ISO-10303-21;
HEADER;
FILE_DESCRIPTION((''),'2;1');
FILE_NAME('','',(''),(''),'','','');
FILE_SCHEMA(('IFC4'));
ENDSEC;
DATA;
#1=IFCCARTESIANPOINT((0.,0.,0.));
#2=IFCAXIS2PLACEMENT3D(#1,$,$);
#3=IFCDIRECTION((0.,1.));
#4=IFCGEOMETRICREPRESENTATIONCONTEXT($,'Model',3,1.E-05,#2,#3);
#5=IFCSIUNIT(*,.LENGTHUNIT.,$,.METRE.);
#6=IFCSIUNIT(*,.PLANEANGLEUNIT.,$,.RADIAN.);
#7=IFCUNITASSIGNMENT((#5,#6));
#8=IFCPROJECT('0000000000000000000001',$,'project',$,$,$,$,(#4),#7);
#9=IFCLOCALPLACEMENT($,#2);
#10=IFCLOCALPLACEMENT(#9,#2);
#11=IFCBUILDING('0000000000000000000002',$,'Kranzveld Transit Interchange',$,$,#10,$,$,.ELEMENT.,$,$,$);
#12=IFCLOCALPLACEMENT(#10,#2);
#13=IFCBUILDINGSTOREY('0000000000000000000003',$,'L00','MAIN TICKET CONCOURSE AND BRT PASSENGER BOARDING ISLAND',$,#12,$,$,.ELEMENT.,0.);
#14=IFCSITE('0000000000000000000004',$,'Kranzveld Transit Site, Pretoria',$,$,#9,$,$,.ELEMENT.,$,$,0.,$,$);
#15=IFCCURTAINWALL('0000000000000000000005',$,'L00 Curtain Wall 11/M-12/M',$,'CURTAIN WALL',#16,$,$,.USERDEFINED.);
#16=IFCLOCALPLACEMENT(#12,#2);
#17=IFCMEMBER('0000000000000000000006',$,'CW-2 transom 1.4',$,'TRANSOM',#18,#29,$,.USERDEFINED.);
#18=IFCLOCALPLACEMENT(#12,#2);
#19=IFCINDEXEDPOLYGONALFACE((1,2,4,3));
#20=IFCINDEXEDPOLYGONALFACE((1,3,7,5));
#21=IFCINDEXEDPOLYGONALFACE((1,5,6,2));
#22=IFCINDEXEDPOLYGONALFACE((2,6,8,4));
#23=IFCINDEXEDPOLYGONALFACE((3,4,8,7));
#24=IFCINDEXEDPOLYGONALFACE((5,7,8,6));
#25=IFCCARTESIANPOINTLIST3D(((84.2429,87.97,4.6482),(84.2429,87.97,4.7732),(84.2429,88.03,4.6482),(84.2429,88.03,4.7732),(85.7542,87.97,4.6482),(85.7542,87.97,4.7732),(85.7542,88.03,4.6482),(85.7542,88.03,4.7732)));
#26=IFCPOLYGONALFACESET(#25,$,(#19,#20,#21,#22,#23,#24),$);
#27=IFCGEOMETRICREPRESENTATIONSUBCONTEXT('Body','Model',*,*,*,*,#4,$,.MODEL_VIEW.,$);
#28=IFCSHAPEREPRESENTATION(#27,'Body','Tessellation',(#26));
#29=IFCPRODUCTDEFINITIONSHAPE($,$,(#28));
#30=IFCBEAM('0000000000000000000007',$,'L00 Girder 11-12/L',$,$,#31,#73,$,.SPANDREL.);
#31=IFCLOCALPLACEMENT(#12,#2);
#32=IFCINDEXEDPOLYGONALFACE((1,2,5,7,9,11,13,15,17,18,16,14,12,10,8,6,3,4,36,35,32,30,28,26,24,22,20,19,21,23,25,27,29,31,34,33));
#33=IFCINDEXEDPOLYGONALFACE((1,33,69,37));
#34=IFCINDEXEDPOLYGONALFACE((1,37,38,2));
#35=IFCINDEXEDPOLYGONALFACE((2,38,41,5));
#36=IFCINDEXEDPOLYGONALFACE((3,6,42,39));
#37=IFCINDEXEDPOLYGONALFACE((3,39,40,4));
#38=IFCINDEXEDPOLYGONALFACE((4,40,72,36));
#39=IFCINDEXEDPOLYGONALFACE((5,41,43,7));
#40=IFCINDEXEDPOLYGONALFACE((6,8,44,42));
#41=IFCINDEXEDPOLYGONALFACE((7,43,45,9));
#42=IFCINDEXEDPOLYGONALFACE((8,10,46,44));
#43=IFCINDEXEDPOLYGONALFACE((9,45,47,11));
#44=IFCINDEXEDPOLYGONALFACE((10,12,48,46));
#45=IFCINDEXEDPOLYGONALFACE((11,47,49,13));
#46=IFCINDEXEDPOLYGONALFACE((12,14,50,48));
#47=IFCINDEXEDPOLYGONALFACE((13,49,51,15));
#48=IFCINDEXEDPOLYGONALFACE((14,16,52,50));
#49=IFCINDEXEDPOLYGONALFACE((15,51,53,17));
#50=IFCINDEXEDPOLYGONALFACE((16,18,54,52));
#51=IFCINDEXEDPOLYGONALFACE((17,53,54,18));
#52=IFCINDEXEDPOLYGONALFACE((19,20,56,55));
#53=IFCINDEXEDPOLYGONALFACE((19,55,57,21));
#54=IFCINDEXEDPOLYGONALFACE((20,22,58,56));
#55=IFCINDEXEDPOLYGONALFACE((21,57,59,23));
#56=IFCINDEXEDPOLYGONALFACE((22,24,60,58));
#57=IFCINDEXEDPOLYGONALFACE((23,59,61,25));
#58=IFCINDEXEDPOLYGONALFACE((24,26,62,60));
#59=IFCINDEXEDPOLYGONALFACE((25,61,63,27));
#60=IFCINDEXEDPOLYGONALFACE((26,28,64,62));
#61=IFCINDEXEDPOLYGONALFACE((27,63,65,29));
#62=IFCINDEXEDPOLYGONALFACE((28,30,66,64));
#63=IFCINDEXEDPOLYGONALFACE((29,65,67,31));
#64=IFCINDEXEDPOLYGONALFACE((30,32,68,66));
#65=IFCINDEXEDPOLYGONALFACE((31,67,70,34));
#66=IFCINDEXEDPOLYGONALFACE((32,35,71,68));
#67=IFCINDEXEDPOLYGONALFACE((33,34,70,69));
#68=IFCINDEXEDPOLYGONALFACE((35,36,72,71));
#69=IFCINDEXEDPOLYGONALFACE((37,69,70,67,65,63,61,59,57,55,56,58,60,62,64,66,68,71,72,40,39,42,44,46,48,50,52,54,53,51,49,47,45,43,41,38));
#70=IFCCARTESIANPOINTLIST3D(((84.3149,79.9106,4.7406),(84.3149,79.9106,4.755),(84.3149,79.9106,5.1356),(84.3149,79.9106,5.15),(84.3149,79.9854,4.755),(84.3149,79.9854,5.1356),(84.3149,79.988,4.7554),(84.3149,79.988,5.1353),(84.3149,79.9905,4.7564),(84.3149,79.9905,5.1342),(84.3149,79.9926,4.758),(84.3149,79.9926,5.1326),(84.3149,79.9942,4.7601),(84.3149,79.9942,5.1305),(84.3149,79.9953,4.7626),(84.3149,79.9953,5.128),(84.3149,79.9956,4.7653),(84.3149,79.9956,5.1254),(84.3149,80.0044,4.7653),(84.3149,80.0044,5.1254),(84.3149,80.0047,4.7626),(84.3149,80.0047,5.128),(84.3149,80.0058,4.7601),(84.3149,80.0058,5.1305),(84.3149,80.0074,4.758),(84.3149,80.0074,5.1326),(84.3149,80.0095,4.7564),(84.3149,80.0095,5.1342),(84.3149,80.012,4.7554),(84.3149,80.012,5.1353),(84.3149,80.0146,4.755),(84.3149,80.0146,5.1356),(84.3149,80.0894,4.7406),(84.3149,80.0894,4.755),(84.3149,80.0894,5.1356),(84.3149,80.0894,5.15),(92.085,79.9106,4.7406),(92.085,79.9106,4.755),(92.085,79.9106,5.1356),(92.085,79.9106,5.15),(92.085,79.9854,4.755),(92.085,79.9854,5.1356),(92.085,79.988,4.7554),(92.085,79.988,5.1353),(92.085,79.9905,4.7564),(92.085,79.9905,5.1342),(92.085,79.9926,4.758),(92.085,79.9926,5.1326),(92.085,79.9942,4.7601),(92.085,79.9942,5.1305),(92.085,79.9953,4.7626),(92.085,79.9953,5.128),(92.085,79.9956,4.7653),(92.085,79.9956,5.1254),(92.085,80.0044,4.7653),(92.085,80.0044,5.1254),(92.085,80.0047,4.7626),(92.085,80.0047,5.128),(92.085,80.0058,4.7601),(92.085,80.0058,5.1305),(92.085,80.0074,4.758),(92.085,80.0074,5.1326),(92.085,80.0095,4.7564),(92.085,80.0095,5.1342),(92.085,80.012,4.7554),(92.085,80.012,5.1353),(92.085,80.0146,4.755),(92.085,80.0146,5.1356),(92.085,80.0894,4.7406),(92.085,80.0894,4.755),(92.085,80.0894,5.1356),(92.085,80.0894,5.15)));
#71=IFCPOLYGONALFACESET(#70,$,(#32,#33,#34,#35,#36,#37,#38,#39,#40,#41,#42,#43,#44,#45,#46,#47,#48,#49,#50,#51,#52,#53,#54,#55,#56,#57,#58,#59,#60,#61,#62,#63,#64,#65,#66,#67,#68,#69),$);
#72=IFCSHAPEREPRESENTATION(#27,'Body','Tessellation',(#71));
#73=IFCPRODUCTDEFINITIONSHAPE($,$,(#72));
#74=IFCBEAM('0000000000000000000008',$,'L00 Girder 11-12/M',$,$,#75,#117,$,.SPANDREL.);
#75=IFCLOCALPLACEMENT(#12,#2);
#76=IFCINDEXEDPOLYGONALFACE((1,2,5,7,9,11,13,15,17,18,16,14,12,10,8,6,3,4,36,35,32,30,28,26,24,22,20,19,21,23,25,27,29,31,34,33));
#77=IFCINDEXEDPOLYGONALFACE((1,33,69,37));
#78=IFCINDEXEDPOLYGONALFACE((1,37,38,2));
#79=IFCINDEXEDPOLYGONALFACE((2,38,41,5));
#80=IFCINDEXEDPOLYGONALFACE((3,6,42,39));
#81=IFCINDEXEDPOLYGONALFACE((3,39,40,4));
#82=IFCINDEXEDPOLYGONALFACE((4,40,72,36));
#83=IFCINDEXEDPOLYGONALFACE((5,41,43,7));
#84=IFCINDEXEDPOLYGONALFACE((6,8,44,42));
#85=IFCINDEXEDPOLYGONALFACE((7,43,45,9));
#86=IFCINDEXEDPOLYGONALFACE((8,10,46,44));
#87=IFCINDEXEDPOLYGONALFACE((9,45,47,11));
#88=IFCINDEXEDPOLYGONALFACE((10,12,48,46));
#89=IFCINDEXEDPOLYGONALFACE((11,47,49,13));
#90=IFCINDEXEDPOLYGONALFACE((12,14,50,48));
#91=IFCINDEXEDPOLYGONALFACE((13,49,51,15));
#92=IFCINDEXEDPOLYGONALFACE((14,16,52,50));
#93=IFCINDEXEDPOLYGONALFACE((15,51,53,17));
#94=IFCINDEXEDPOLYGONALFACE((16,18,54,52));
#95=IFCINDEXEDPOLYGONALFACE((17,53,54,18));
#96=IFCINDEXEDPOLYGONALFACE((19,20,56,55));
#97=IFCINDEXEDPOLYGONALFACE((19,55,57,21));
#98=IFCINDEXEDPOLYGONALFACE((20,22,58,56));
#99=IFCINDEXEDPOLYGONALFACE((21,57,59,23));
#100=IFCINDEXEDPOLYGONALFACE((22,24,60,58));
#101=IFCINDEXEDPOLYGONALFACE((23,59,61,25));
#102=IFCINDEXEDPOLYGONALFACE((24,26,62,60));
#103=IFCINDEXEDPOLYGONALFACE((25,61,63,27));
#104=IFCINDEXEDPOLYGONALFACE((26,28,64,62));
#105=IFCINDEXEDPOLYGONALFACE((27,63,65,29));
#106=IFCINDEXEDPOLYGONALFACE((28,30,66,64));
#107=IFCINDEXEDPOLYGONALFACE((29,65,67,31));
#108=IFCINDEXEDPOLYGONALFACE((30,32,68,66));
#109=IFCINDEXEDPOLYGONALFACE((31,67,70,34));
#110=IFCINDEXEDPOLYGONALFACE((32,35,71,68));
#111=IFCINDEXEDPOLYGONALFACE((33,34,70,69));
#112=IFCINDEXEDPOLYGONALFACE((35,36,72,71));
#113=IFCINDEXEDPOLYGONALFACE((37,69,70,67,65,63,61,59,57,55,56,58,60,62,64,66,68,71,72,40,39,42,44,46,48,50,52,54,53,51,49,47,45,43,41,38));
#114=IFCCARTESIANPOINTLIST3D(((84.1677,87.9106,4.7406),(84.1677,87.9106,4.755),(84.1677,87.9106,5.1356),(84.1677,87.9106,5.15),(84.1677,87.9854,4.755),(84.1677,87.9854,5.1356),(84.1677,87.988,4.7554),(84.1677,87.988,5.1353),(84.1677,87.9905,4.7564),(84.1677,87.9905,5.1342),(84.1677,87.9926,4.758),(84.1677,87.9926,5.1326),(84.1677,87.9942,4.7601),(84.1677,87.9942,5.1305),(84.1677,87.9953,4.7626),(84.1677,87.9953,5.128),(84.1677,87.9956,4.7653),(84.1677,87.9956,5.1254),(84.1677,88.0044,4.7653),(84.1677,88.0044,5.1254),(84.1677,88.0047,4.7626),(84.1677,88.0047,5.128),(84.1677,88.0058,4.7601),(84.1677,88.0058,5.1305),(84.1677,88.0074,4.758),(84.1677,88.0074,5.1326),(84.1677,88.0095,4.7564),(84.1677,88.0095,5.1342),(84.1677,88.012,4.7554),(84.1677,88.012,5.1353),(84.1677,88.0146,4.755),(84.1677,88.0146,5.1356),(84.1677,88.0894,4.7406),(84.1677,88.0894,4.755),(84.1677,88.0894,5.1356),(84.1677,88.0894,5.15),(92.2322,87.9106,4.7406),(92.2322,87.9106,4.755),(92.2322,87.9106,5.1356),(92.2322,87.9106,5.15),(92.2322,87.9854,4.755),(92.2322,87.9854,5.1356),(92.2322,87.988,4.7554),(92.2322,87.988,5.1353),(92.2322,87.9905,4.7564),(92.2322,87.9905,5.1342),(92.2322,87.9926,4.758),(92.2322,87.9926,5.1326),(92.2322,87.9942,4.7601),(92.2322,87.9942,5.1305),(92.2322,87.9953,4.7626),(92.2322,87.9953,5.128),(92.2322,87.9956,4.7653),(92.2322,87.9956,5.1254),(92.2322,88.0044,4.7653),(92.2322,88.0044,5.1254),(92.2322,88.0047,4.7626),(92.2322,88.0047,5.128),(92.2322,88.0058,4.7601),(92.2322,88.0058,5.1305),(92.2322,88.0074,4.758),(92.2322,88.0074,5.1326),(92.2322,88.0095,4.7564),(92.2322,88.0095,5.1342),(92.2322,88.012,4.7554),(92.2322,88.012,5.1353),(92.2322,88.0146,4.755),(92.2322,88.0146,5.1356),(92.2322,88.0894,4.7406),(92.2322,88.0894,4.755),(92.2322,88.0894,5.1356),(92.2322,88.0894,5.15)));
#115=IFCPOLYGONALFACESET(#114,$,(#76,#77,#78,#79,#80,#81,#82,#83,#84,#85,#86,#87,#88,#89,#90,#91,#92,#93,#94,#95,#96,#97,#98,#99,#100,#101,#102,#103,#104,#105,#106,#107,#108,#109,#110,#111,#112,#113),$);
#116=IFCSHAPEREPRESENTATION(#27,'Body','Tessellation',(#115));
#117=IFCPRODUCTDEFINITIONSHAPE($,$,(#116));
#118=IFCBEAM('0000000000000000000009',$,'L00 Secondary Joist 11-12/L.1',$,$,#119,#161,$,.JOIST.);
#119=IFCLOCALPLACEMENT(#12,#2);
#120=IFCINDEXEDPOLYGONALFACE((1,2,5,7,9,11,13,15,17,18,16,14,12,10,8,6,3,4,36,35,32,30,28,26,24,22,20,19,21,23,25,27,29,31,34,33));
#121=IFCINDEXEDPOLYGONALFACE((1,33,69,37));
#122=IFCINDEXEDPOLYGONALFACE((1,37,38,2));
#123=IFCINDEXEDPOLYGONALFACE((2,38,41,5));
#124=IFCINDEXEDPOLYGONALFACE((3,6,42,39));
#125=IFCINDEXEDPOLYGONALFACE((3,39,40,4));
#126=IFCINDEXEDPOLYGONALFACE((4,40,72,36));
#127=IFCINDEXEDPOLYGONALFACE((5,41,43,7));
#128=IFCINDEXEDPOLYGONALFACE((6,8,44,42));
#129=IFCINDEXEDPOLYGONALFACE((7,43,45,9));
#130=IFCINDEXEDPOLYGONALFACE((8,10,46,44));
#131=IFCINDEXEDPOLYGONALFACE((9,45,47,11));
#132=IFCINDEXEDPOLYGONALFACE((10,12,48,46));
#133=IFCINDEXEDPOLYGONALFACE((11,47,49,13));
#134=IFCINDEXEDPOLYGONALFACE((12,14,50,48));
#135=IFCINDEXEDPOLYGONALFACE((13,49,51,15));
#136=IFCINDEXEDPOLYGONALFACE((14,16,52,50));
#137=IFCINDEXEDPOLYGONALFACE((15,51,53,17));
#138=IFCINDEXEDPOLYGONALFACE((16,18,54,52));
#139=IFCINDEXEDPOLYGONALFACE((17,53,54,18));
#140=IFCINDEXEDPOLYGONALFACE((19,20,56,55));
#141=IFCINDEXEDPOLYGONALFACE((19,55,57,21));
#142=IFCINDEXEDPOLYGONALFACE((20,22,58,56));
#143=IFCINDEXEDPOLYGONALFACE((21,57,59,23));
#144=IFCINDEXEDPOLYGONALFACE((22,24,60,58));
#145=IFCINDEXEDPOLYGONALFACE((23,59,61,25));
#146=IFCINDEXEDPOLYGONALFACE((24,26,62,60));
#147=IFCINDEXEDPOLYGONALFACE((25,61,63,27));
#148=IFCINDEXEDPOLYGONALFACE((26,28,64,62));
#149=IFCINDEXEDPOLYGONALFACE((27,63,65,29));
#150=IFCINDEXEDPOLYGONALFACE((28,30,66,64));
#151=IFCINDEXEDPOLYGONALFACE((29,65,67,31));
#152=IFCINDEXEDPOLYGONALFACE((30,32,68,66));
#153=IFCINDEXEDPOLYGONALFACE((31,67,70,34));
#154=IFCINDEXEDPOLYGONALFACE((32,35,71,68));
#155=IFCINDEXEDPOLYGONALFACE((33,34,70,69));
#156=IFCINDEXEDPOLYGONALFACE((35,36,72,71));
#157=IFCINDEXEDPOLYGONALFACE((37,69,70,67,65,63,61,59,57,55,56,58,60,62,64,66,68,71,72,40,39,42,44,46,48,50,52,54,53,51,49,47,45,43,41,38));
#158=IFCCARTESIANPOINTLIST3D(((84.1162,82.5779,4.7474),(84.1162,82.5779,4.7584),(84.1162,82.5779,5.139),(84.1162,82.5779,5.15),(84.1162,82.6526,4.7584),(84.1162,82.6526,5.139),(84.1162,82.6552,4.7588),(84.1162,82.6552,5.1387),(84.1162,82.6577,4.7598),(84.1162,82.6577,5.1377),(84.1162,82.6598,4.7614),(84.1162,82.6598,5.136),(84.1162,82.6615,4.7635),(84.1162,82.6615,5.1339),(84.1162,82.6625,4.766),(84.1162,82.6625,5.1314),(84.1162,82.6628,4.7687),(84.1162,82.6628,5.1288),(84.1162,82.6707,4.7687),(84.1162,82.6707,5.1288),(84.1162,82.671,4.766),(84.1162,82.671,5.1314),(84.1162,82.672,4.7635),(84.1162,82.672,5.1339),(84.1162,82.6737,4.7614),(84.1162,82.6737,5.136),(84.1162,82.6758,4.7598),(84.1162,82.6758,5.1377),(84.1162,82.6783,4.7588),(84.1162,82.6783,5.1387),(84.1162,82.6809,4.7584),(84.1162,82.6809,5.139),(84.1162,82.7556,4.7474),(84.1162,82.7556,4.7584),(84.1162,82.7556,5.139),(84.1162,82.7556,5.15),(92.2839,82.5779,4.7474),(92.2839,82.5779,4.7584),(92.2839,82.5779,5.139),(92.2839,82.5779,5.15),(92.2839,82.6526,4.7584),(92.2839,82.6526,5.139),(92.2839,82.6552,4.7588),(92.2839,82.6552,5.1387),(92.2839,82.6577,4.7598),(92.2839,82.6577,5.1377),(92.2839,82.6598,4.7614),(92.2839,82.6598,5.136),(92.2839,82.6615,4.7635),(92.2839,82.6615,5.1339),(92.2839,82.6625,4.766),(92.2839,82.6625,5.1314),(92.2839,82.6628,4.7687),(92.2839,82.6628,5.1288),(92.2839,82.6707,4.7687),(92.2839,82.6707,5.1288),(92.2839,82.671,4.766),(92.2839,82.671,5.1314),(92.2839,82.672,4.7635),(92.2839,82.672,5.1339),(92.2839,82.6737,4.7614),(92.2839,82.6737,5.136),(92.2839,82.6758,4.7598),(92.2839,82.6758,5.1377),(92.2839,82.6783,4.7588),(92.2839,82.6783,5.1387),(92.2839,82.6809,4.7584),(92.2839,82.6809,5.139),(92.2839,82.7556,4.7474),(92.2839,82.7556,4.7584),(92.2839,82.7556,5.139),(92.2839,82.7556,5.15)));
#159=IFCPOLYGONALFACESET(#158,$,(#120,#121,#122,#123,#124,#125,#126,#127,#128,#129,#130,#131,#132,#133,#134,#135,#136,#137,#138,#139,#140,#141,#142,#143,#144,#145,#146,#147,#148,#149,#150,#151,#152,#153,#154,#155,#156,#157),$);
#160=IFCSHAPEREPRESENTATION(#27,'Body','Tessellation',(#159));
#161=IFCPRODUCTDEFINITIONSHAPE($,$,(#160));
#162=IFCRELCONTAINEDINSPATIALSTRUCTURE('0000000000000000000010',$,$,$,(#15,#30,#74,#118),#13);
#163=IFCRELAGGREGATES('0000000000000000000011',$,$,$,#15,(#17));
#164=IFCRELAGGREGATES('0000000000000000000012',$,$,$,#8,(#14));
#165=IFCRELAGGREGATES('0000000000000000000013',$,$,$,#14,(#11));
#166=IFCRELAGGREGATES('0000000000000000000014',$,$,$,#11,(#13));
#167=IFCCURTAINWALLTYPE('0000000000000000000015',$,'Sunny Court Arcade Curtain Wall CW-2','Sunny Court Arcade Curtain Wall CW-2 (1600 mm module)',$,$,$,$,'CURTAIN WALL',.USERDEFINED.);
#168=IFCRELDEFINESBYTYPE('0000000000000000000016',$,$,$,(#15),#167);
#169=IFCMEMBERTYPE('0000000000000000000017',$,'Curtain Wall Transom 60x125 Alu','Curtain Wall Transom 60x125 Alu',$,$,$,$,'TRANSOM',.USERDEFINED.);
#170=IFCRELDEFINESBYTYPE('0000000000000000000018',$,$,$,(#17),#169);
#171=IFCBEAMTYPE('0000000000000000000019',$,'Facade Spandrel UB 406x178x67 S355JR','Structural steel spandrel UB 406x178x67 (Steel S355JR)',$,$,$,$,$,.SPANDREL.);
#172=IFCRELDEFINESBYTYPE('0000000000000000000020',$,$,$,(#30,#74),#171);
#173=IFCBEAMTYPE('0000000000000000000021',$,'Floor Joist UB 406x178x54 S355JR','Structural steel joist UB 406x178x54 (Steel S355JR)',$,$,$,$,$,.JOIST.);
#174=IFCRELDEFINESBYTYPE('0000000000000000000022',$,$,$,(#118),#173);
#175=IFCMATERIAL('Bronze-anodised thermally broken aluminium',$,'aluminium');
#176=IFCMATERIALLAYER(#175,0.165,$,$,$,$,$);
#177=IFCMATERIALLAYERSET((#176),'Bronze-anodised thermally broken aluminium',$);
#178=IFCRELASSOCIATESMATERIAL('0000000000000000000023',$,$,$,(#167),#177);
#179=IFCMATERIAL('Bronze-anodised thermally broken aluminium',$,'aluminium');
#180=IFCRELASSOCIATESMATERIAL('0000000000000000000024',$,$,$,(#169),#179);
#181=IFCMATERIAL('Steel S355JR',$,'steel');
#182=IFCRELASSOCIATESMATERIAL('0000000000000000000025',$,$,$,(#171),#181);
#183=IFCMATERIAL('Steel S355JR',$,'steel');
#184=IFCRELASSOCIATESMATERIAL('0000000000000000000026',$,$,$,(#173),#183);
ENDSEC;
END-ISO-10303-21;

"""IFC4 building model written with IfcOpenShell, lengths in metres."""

from ifc_helpers import new_model, si_unit, direction, frame, origin, origin_2d, place, context, subcontext, project, spatial, rectangle, i_section, extrude, material, layer, layer_set, material_profile, profile_set, type_object, element, aggregate, save


model = new_model("IFC4")

# Units and contexts
model_context = context("Model", 3, precision=1e-05, world=origin(), true_north=direction((0.0, 1.0)))
body_context = subcontext(model_context, "Body", "Model", "MODEL_VIEW")
ifc_project = project(units=[si_unit("LENGTHUNIT", "METRE"), si_unit("PLANEANGLEUNIT", "RADIAN")], contexts=[model_context])

# Site, building, storey
site_placement = place(None, origin())
site = spatial("IfcSite", under=ifc_project, at=site_placement, Name="Kranzveld Transit Site, Pretoria", CompositionType="ELEMENT", RefElevation=0.0)
building_placement = place(site_placement, origin())
building = spatial("IfcBuilding", under=site, at=building_placement, Name="Kranzveld Transit Interchange", CompositionType="ELEMENT")
storey_placement = place(building_placement, origin())
storey = spatial("IfcBuildingStorey", under=building, at=storey_placement, Name="L00", Description="MAIN TICKET CONCOURSE AND BRT PASSENGER BOARDING ISLAND", CompositionType="ELEMENT", Elevation=0.0)

# Curtain wall, member
ifc_material_1 = material(Name="Bronze-anodised thermally broken aluminium", Category="aluminium")
ifc_layer_1 = layer(ifc_material_1, 0.165)
ifc_layer_set_1 = layer_set([ifc_layer_1], Name="Bronze-anodised thermally broken aluminium")
curtain_wall_type = type_object("IfcCurtainWallType", Name="Sunny Court Arcade Curtain Wall CW-2", Description="Sunny Court Arcade Curtain Wall CW-2 (1600 mm module)", ElementType="CURTAIN WALL", PredefinedType="USERDEFINED", material=ifc_layer_set_1)
curtain_wall_placement = place(storey_placement, origin())
curtain_wall = element("IfcCurtainWall", 1, at=curtain_wall_placement, inside=storey, type_object=curtain_wall_type, Name="L00 Curtain Wall 11/M-12/M", ObjectType="CURTAIN WALL", PredefinedType="USERDEFINED")
ifc_material_2 = material(Name="Bronze-anodised thermally broken aluminium", Category="aluminium")
ifc_material_profile_1 = material_profile(ifc_material_2, rectangle(XDim=0.0601, YDim=0.125, at=origin_2d()), Name="ALU TRANSOM 60x125")
ifc_profile_set_1 = profile_set([ifc_material_profile_1], Name="Bronze-anodised thermally broken aluminium")
member_type_1 = type_object("IfcMemberType", Name="Curtain Wall Transom 60x125 Alu", Description="Curtain Wall Transom 60x125 Alu", ElementType="TRANSOM", PredefinedType="USERDEFINED", material=ifc_profile_set_1)
member_1_placement = place(storey_placement, frame((84.2429, 88.0, 4.7107), z_axis=(1.0, 0.0, 0.0), x_axis=(0.0, 1.0, 0.0)))
member_1 = element("IfcMember", 2, at=member_1_placement, type_object=member_type_1, Name="CW-2 transom 1.4", ObjectType="TRANSOM", PredefinedType="USERDEFINED", context=body_context, shape_type="SweptSolid", body=[
    extrude(rectangle(XDim=0.0601, YDim=0.125, at=origin_2d()), origin(), (0.0, 0.0, 1.0), 1.5112),
])

# Beams
ifc_material_3 = material(Name="Steel S355JR", Category="steel")
ifc_material_profile_2 = material_profile(ifc_material_3, i_section(OverallWidth=0.1787, OverallDepth=0.4094, WebThickness=0.0088, FlangeThickness=0.0144, FilletRadius=0.0103, at=origin_2d()), Name="UB 406x178x67")
ifc_profile_set_2 = profile_set([ifc_material_profile_2], Name="Steel S355JR")
beam_type_1 = type_object("IfcBeamType", Name="Facade Spandrel UB 406x178x67 S355JR", Description="Structural steel spandrel UB 406x178x67 (Steel S355JR)", PredefinedType="SPANDREL", material=ifc_profile_set_2)
beam_1_placement = place(storey_placement, frame((84.3149, 80.0, 4.9453), z_axis=(1.0, 0.0, 0.0), x_axis=(0.0, 1.0, 0.0)))
element("IfcBeam", 3, at=beam_1_placement, inside=storey, type_object=beam_type_1, Name="L00 Girder 11-12/L", PredefinedType="SPANDREL", context=body_context, shape_type="SweptSolid", body=[
    extrude(i_section(OverallWidth=0.1787, OverallDepth=0.4094, WebThickness=0.0088, FlangeThickness=0.0144, FilletRadius=0.0103, at=origin_2d()), origin(), (0.0, 0.0, 1.0), 7.77),
])
beam_2_placement = place(storey_placement, frame((84.1677, 88.0, 4.9453), z_axis=(1.0, 0.0, 0.0), x_axis=(0.0, 1.0, 0.0)))
element("IfcBeam", 4, at=beam_2_placement, inside=storey, type_object=beam_type_1, Name="L00 Girder 11-12/M", PredefinedType="SPANDREL", context=body_context, shape_type="SweptSolid", body=[
    extrude(i_section(OverallWidth=0.1787, OverallDepth=0.4094, WebThickness=0.0088, FlangeThickness=0.0144, FilletRadius=0.0103, at=origin_2d()), origin(), (0.0, 0.0, 1.0), 8.0645),
])
ifc_material_4 = material(Name="Steel S355JR", Category="steel")
ifc_material_profile_3 = material_profile(ifc_material_4, i_section(OverallWidth=0.1777, OverallDepth=0.4026, WebThickness=0.0078, FlangeThickness=0.011, FilletRadius=0.0103, at=origin_2d()), Name="UB 406x178x54")
ifc_profile_set_3 = profile_set([ifc_material_profile_3], Name="Steel S355JR")
beam_type_2 = type_object("IfcBeamType", Name="Floor Joist UB 406x178x54 S355JR", Description="Structural steel joist UB 406x178x54 (Steel S355JR)", PredefinedType="JOIST", material=ifc_profile_set_3)
for number, where, z_axis, x_axis, name in (
    (5, (84.1162, 82.6667, 4.9487), (1.0, 0.0, 0.0), (0.0, 1.0, 0.0), "L00 Secondary Joist 11-12/L.1"),
):
    element("IfcBeam", number, at=place(storey_placement, frame(where, z_axis=z_axis, x_axis=x_axis)), inside=storey, type_object=beam_type_2, Name=name, PredefinedType="JOIST", context=body_context, shape_type="SweptSolid", body=[
        extrude(i_section(OverallWidth=0.1777, OverallDepth=0.4026, WebThickness=0.0078, FlangeThickness=0.011, FilletRadius=0.0103, at=origin_2d()), origin(), (0.0, 0.0, 1.0), 8.1677),
    ])

aggregate(curtain_wall, [member_1])

save(model, "model.ifc")
